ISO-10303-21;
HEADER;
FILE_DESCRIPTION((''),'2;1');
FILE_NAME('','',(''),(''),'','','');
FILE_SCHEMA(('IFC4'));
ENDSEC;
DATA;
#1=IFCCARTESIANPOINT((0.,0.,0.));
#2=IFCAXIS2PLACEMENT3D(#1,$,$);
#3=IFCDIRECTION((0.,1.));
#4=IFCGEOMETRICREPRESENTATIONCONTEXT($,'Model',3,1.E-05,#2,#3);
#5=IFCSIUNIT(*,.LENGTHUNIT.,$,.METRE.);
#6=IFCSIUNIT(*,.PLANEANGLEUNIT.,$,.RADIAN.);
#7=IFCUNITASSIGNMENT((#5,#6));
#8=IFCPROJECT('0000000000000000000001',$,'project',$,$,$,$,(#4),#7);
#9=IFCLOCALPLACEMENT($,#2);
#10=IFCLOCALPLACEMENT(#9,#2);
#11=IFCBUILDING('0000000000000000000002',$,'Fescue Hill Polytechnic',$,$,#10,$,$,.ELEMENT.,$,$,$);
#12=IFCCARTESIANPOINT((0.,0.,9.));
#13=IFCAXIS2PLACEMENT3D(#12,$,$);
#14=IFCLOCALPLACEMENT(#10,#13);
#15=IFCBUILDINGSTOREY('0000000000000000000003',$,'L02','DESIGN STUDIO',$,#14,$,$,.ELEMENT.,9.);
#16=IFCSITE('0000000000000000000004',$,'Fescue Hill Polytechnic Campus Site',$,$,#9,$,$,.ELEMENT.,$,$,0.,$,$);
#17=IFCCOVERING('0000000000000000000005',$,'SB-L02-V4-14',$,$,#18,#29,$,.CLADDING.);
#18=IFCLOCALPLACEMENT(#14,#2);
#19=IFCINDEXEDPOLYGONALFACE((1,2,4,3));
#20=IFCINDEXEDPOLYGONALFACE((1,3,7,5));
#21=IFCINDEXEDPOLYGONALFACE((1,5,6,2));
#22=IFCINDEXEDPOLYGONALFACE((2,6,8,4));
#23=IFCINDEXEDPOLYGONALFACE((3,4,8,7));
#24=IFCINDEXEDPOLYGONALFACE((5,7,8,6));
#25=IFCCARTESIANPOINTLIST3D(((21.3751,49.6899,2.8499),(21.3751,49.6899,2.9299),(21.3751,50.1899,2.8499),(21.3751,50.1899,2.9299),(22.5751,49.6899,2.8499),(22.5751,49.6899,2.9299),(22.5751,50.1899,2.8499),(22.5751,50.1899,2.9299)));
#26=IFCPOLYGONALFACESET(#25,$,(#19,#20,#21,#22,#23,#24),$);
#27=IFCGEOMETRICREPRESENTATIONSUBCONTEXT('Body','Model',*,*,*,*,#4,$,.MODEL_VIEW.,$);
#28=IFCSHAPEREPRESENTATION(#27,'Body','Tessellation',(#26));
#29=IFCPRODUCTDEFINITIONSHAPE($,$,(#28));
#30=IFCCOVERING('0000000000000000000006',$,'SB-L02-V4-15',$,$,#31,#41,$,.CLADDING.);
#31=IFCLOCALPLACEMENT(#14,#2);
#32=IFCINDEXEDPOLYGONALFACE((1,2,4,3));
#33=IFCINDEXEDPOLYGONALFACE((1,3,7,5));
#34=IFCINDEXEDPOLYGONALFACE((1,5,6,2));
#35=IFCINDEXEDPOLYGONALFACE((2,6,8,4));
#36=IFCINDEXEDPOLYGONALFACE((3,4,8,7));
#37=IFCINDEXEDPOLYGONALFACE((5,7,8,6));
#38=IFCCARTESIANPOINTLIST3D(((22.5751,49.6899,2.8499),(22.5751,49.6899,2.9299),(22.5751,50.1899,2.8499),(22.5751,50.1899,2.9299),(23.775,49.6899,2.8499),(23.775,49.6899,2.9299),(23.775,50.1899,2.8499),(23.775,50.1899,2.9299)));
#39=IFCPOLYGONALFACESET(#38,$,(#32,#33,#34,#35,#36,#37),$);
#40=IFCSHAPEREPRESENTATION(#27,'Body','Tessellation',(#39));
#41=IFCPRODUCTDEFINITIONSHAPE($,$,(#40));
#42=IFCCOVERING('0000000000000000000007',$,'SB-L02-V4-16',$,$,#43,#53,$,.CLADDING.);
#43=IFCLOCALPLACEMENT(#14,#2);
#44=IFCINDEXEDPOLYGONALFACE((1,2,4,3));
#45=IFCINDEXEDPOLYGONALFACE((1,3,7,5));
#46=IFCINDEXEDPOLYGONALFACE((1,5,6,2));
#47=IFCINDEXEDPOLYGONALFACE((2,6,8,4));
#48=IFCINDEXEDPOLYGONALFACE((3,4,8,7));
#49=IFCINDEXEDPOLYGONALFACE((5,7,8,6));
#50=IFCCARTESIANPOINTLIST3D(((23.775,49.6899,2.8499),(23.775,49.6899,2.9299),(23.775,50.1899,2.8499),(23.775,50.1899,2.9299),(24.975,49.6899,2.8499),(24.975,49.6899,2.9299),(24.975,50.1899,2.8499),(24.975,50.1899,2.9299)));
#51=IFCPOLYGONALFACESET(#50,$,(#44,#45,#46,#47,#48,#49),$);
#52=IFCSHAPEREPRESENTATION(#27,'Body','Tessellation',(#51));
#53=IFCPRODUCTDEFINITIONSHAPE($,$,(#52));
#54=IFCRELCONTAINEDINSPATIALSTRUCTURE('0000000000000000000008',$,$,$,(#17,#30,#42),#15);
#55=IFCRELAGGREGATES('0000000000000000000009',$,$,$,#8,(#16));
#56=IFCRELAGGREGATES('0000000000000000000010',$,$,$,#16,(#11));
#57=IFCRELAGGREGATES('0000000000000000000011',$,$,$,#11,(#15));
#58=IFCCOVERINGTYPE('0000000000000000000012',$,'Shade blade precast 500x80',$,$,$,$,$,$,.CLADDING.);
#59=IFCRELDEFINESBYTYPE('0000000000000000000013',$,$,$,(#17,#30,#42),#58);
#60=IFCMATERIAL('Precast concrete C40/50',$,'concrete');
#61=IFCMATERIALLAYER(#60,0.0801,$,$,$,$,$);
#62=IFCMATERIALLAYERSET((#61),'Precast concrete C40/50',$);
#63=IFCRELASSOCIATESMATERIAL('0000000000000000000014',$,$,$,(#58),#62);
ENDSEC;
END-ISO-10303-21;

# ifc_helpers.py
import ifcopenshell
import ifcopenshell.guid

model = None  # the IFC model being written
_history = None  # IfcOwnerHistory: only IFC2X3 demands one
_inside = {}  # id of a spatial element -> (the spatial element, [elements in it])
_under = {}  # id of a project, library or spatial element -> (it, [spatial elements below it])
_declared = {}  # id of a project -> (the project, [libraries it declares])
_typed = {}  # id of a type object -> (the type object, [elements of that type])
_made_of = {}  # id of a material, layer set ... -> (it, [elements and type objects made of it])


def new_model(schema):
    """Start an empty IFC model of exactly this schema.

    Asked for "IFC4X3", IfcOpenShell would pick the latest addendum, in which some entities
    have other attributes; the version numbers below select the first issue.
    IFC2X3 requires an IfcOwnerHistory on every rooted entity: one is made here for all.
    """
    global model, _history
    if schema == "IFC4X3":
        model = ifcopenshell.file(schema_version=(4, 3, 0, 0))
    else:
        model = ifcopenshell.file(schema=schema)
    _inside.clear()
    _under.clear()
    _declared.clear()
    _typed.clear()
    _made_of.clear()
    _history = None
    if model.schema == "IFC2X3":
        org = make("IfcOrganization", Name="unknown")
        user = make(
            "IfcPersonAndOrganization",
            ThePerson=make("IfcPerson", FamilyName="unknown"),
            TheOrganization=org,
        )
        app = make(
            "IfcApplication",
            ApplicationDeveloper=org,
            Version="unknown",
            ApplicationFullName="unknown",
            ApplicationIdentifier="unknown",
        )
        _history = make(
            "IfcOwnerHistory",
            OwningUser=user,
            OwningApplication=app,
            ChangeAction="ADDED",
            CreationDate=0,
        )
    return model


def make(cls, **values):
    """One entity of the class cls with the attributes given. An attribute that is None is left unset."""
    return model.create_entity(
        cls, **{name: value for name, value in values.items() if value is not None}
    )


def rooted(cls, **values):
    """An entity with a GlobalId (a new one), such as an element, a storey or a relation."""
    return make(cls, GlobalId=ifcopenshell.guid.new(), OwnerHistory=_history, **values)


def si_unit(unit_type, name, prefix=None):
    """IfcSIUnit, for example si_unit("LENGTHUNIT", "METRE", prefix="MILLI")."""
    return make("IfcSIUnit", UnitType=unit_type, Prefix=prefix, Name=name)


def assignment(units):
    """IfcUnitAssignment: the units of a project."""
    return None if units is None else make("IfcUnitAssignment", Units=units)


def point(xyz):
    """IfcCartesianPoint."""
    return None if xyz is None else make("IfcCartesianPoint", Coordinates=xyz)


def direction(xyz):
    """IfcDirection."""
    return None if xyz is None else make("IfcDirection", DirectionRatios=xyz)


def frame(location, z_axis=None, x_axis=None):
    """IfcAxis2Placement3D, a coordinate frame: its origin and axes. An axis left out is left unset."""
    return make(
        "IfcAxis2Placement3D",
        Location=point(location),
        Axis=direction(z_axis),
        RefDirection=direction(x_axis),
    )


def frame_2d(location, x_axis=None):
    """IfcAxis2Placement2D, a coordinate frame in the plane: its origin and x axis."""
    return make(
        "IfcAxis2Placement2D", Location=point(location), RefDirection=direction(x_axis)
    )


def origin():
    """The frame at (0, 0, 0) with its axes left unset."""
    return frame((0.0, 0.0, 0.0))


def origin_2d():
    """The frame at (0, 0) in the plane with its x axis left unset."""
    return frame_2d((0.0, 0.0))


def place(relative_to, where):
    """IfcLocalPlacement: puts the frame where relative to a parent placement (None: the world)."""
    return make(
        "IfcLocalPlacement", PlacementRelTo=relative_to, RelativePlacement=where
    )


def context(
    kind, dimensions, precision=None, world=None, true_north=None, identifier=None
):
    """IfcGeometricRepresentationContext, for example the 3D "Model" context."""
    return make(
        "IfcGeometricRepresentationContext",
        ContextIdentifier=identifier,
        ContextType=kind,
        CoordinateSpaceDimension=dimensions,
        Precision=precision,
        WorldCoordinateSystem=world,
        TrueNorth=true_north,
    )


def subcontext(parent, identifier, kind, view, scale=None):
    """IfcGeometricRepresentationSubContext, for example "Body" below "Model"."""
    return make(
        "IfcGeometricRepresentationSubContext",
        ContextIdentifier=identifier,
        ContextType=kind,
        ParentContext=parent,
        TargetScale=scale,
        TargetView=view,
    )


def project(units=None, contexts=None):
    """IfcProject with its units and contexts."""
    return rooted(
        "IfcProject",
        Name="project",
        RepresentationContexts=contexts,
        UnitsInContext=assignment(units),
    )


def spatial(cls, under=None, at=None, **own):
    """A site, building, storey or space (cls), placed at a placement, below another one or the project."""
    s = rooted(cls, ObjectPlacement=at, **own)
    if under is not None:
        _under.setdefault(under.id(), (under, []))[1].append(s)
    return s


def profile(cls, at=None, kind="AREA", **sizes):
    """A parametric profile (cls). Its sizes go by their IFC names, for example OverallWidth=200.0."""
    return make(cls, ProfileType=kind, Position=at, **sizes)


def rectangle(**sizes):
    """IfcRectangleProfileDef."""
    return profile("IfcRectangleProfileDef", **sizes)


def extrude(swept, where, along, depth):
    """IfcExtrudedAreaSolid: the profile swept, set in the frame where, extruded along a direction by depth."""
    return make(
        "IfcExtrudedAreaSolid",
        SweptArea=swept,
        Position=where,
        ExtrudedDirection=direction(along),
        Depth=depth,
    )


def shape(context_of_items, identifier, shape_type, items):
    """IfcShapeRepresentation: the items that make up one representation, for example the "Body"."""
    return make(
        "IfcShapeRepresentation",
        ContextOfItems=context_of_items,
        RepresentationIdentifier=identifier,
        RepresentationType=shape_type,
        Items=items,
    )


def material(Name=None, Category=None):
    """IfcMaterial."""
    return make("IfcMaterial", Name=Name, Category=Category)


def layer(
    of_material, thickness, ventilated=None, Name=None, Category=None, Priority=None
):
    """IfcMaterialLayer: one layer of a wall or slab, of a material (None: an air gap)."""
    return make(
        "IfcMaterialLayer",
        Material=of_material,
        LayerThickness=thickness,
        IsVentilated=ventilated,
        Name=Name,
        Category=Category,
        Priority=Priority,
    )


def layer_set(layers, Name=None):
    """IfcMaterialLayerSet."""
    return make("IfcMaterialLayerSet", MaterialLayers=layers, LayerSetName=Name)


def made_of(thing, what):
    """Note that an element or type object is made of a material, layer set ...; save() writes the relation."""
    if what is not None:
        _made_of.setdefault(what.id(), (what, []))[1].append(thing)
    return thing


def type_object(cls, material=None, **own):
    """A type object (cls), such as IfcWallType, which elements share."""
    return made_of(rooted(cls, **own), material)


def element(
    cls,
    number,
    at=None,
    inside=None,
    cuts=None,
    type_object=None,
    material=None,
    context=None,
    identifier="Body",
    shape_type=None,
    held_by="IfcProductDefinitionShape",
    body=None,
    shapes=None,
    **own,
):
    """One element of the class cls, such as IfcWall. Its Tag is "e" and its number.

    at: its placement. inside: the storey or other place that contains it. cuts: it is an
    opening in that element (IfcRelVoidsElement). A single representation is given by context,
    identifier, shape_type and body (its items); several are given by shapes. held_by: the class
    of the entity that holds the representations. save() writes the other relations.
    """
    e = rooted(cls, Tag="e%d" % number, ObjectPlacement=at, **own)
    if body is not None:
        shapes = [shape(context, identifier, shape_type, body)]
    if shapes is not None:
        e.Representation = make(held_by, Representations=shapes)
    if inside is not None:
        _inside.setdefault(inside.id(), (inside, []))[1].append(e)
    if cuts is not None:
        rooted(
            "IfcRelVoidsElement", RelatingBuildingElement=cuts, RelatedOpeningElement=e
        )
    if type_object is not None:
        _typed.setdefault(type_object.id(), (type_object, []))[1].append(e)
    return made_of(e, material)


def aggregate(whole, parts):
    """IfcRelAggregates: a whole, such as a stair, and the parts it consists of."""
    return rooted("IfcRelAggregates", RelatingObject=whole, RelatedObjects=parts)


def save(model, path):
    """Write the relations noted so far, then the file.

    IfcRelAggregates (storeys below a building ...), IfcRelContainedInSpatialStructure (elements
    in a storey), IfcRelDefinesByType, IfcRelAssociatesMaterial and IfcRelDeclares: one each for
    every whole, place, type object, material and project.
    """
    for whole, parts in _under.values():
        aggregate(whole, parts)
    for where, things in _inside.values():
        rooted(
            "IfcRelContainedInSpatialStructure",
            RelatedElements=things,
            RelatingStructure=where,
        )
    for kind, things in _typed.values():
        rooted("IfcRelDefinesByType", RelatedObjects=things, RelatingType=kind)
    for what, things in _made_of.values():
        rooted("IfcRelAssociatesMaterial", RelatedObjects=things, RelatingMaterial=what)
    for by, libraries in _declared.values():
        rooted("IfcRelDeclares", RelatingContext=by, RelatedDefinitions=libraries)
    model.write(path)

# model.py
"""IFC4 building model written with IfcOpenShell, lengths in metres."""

from ifc_helpers import new_model, si_unit, direction, frame, origin, origin_2d, place, context, subcontext, project, spatial, rectangle, extrude, material, layer, layer_set, type_object, element, save


model = new_model("IFC4")

# Units and contexts
model_context = context("Model", 3, precision=1e-05, world=origin(), true_north=direction((0.0, 1.0)))
body_context = subcontext(model_context, "Body", "Model", "MODEL_VIEW")
ifc_project = project(units=[si_unit("LENGTHUNIT", "METRE"), si_unit("PLANEANGLEUNIT", "RADIAN")], contexts=[model_context])

# Site, building, storey
site_placement = place(None, origin())
site = spatial("IfcSite", under=ifc_project, at=site_placement, Name="Fescue Hill Polytechnic Campus Site", CompositionType="ELEMENT", RefElevation=0.0)
building_placement = place(site_placement, origin())
building = spatial("IfcBuilding", under=site, at=building_placement, Name="Fescue Hill Polytechnic", CompositionType="ELEMENT")
storey_placement = place(building_placement, frame((0.0, 0.0, 9.0)))
storey = spatial("IfcBuildingStorey", under=building, at=storey_placement, Name="L02", Description="DESIGN STUDIO", CompositionType="ELEMENT", Elevation=9.0)

# Coverings
ifc_material_1 = material(Name="Precast concrete C40/50", Category="concrete")
ifc_layer_1 = layer(ifc_material_1, 0.0801)
ifc_layer_set_1 = layer_set([ifc_layer_1], Name="Precast concrete C40/50")
covering_type = type_object("IfcCoveringType", Name="Shade blade precast 500x80", PredefinedType="CLADDING", material=ifc_layer_set_1)
for number, where, z_axis, x_axis, name in (
    (1, (21.9751, 49.9399, 2.8499), (0.0, 0.0, 1.0), (1.0, 0.0, 0.0), "SB-L02-V4-14"),
    (2, (23.175, 49.9399, 2.8499), (0.0, 0.0, 1.0), (1.0, 0.0, 0.0), "SB-L02-V4-15"),
    (3, (24.375, 49.9399, 2.8499), (0.0, 0.0, 1.0), (1.0, 0.0, 0.0), "SB-L02-V4-16"),
):
    element("IfcCovering", number, at=place(storey_placement, frame(where, z_axis=z_axis, x_axis=x_axis)), inside=storey, type_object=covering_type, Name=name, PredefinedType="CLADDING", context=body_context, shape_type="SweptSolid", body=[
        extrude(rectangle(XDim=1.2, YDim=0.5, at=origin_2d()), origin(), (0.0, 0.0, 1.0), 0.0801),
    ])

save(model, "model.ifc")
